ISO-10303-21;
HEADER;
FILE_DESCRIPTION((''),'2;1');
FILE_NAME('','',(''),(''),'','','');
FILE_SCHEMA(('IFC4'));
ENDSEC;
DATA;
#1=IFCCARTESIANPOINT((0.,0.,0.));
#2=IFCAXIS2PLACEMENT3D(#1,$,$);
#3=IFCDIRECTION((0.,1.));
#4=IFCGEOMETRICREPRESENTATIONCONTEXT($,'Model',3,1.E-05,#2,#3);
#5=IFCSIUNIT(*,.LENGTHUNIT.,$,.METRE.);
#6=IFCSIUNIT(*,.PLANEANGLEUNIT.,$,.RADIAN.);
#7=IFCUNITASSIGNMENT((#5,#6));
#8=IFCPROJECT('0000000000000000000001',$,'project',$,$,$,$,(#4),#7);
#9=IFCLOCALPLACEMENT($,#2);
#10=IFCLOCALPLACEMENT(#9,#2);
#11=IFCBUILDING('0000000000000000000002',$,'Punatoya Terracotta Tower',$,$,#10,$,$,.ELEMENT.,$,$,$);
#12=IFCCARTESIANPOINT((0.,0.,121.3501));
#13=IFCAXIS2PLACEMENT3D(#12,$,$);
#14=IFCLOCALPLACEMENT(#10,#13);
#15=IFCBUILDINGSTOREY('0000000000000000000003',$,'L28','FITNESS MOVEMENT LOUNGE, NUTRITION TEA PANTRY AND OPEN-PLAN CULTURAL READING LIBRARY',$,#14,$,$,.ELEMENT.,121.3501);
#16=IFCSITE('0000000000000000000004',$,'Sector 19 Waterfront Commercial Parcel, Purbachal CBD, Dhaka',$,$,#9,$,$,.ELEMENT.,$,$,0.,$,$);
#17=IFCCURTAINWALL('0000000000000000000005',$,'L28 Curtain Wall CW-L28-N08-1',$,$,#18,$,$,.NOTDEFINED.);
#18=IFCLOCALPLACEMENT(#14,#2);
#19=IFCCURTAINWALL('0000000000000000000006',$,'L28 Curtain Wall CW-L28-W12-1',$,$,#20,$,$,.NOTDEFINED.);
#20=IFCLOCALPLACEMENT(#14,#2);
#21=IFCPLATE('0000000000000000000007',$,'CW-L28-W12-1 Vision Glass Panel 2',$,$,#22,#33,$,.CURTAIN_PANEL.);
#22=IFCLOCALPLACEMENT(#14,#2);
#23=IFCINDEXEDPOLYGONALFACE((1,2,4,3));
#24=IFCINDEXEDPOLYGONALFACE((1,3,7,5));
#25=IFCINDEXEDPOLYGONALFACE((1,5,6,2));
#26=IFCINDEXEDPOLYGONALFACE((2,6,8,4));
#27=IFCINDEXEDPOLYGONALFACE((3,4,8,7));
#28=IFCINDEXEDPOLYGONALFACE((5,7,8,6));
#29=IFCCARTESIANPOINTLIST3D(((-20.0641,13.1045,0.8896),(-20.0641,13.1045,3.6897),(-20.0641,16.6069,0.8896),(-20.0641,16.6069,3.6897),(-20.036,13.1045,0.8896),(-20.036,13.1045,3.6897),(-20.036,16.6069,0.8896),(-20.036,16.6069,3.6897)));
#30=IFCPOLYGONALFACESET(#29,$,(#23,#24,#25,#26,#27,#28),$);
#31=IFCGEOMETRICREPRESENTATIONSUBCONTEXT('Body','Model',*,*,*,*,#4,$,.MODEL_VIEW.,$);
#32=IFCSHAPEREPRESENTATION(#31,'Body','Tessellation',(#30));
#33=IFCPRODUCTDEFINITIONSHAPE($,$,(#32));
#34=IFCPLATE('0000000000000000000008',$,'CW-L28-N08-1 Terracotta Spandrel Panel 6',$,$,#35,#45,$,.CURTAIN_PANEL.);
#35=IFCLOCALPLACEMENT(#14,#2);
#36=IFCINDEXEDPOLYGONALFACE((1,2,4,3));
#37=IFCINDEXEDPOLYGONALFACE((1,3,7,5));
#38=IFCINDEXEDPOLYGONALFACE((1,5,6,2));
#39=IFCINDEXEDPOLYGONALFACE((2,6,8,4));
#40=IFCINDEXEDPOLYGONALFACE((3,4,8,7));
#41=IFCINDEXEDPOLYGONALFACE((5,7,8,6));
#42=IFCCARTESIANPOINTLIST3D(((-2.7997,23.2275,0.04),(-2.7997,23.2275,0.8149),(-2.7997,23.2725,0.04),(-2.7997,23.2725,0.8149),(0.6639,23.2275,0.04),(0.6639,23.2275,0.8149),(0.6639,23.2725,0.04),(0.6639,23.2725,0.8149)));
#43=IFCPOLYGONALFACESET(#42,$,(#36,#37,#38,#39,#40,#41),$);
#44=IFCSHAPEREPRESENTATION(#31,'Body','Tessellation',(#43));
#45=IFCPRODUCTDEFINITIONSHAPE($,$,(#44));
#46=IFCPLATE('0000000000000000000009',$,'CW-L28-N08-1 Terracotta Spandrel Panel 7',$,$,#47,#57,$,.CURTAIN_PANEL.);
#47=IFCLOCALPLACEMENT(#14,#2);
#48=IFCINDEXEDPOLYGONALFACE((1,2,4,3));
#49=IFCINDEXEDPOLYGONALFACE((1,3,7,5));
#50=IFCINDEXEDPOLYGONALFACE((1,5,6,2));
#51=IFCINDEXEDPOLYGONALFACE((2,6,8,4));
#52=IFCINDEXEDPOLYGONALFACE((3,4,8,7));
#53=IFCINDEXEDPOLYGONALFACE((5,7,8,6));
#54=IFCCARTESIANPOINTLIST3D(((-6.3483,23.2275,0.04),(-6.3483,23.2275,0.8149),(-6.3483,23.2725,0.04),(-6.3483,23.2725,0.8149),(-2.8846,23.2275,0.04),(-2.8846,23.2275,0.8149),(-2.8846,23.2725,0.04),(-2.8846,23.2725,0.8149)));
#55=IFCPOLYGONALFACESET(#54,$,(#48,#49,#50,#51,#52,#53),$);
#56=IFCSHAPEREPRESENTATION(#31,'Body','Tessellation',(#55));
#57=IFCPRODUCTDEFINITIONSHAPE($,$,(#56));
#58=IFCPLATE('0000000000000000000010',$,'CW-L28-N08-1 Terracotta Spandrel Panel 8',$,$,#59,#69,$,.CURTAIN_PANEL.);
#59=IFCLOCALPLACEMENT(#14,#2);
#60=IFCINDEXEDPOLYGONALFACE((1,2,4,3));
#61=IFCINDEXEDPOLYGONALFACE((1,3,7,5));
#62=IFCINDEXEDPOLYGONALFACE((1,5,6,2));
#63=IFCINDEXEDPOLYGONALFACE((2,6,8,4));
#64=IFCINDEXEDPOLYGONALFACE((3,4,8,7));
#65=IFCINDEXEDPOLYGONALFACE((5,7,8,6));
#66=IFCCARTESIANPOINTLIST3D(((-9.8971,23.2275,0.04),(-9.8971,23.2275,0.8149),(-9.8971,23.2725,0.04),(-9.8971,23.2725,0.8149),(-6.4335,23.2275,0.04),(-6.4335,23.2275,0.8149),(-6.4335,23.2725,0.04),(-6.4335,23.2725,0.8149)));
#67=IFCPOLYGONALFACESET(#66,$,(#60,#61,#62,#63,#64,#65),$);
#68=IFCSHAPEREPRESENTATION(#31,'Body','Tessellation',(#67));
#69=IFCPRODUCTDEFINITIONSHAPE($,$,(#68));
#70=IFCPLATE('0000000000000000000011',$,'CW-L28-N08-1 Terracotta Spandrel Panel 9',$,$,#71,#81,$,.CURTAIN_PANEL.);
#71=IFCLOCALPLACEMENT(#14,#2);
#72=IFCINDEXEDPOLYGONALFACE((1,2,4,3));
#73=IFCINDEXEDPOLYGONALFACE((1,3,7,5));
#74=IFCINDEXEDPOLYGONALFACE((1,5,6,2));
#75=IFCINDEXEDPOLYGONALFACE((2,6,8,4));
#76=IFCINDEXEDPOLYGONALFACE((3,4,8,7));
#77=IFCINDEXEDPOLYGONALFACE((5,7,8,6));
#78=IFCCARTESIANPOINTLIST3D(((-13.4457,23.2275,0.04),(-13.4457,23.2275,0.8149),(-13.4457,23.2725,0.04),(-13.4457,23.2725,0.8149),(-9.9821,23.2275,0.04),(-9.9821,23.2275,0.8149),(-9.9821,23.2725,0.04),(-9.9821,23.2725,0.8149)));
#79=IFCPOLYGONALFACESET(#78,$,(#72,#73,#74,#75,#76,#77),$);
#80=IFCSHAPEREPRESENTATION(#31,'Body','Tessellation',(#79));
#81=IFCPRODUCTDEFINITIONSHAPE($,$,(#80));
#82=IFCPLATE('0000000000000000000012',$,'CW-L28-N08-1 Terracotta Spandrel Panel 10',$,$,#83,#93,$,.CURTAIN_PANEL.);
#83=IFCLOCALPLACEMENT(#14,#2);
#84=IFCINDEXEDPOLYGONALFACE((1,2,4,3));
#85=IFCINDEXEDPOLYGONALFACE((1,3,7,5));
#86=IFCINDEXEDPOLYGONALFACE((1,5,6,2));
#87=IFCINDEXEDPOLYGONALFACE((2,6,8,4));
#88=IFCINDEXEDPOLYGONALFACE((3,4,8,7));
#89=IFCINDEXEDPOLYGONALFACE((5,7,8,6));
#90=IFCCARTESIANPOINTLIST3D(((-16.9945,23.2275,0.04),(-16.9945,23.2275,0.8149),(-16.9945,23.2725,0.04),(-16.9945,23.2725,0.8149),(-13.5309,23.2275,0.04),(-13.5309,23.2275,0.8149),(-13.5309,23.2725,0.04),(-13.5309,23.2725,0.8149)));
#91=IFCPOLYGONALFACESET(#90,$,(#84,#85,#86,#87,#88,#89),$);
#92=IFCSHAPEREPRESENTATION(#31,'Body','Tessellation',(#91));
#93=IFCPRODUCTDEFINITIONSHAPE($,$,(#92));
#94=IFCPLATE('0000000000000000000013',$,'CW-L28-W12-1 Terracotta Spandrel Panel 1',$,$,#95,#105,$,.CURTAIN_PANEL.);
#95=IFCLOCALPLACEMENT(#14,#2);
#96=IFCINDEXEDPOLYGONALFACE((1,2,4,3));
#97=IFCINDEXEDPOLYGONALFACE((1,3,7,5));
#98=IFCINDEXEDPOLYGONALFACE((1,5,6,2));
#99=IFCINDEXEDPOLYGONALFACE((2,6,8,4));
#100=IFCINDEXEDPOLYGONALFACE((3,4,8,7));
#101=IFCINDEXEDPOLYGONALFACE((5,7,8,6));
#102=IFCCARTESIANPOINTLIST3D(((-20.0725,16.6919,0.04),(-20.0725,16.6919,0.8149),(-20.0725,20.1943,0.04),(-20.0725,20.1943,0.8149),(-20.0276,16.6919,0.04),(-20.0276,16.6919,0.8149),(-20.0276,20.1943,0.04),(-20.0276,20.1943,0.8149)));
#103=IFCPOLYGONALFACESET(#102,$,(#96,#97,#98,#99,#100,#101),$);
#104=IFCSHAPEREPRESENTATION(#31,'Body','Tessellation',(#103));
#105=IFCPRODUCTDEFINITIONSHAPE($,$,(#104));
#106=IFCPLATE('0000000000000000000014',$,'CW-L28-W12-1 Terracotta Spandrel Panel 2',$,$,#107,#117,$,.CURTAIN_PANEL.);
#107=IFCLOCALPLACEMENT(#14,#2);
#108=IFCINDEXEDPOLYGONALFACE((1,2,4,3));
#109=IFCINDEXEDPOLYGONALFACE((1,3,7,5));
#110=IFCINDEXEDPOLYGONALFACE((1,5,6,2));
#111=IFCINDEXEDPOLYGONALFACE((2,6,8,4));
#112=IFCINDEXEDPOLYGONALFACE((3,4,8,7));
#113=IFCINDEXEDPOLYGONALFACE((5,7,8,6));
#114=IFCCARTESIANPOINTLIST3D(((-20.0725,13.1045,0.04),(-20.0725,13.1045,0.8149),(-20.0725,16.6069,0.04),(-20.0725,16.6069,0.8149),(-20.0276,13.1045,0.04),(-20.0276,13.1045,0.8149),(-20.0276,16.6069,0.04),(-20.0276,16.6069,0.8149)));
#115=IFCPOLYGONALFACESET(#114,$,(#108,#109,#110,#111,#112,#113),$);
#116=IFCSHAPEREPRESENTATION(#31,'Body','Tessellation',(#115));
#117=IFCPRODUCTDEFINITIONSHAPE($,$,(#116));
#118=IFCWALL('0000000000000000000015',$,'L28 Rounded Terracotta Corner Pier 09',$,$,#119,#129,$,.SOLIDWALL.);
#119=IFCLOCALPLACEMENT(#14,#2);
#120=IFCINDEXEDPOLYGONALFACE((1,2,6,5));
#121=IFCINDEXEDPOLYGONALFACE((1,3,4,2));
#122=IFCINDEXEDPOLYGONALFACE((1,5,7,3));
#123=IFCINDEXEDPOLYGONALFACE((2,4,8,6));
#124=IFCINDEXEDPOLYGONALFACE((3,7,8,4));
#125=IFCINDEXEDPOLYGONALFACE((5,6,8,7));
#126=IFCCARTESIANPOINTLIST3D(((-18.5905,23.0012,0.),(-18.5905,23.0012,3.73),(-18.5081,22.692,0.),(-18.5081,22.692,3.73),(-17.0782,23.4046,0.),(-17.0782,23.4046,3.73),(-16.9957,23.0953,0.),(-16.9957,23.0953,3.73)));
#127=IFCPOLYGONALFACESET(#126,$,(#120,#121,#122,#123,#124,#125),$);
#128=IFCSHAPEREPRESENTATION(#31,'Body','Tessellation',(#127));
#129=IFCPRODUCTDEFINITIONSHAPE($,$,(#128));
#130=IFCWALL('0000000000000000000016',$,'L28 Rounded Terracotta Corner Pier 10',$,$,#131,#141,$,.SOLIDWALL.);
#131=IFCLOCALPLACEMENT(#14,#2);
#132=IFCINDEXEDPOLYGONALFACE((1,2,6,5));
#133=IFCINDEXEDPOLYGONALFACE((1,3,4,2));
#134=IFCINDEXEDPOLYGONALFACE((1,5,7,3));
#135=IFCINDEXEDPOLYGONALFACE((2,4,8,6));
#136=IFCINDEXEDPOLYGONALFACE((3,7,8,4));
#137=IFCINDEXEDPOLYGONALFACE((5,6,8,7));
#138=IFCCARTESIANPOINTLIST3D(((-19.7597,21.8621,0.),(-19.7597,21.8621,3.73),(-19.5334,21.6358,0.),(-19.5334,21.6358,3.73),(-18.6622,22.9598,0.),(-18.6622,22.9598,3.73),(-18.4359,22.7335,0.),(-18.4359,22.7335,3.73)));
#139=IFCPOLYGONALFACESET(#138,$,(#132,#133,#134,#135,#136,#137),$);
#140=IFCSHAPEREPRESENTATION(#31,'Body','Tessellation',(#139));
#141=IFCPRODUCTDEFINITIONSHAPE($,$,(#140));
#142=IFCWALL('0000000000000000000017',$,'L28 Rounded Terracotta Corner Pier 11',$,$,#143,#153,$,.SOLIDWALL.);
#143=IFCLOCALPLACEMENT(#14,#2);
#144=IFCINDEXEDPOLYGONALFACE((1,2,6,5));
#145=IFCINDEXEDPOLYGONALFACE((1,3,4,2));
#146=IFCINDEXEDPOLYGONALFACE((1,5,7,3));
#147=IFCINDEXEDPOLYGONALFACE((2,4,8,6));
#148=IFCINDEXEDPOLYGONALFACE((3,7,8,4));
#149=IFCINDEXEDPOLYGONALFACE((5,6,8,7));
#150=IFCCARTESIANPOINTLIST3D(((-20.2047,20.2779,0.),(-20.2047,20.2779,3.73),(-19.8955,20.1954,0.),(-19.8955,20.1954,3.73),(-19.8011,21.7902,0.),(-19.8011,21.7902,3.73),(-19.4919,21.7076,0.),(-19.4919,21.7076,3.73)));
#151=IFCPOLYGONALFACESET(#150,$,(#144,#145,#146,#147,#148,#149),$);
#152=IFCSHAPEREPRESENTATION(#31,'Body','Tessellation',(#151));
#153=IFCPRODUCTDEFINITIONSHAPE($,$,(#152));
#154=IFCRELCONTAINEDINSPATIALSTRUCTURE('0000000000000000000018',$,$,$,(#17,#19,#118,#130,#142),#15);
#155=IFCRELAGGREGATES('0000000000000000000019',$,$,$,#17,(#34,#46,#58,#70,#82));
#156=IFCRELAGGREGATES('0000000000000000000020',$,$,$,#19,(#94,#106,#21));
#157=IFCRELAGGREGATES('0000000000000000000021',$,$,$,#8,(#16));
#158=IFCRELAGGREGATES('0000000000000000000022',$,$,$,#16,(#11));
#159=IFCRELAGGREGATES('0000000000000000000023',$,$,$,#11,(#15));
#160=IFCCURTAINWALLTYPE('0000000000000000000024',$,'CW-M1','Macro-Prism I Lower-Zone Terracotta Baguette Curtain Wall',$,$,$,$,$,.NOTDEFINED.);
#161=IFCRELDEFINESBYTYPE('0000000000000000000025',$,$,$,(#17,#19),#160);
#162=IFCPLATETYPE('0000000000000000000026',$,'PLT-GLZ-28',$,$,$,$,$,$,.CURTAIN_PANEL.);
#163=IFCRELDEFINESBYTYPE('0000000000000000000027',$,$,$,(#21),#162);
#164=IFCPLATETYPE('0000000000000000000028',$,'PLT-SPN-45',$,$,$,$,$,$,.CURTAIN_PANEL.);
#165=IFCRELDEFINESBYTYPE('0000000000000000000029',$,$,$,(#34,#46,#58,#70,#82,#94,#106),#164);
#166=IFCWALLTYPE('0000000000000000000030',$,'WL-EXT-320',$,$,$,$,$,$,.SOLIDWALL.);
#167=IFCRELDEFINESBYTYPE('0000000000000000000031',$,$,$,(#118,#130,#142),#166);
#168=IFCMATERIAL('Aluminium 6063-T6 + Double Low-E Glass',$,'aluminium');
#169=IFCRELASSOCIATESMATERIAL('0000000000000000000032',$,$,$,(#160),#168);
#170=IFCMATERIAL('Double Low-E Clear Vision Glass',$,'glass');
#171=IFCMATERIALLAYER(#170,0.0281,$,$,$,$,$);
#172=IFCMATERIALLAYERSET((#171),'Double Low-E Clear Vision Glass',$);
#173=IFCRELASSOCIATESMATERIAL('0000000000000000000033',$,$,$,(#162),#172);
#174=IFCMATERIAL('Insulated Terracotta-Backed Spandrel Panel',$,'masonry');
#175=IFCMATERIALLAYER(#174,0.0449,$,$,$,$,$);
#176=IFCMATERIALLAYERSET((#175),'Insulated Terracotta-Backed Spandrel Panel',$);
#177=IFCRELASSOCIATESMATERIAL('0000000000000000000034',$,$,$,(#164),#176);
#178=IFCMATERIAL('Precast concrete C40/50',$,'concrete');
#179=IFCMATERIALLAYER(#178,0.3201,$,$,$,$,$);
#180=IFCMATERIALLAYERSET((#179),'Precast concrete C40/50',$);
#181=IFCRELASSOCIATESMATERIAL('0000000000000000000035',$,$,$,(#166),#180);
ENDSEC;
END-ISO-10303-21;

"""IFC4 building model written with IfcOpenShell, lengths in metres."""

from ifc_helpers import new_model, si_unit, direction, frame, frame_2d, origin, origin_2d, place, context, subcontext, project, spatial, rectangle, extrude, material, layer, layer_set, type_object, element, aggregate, save


model = new_model("IFC4")

# Units and contexts
model_context = context("Model", 3, precision=1e-05, world=origin(), true_north=direction((0.0, 1.0)))
body_context = subcontext(model_context, "Body", "Model", "MODEL_VIEW")
ifc_project = project(units=[si_unit("LENGTHUNIT", "METRE"), si_unit("PLANEANGLEUNIT", "RADIAN")], contexts=[model_context])

# Site, building, storey
site_placement = place(None, origin())
site = spatial("IfcSite", under=ifc_project, at=site_placement, Name="Sector 19 Waterfront Commercial Parcel, Purbachal CBD, Dhaka", CompositionType="ELEMENT", RefElevation=0.0)
building_placement = place(site_placement, origin())
building = spatial("IfcBuilding", under=site, at=building_placement, Name="Punatoya Terracotta Tower", CompositionType="ELEMENT")
storey_placement = place(building_placement, frame((0.0, 0.0, 121.3501)))
storey = spatial("IfcBuildingStorey", under=building, at=storey_placement, Name="L28", Description="FITNESS MOVEMENT LOUNGE, NUTRITION TEA PANTRY AND OPEN-PLAN CULTURAL READING LIBRARY", CompositionType="ELEMENT", Elevation=121.3501)

# Curtain walls
ifc_material_1 = material(Name="Aluminium 6063-T6 + Double Low-E Glass", Category="aluminium")
curtain_wall_type = type_object("IfcCurtainWallType", Name="CW-M1", Description="Macro-Prism I Lower-Zone Terracotta Baguette Curtain Wall", PredefinedType="NOTDEFINED", material=ifc_material_1)
curtain_wall_1_placement = place(storey_placement, origin())
curtain_wall_1 = element("IfcCurtainWall", 1, at=curtain_wall_1_placement, inside=storey, type_object=curtain_wall_type, Name="L28 Curtain Wall CW-L28-N08-1", PredefinedType="NOTDEFINED")
curtain_wall_2_placement = place(storey_placement, origin())
curtain_wall_2 = element("IfcCurtainWall", 2, at=curtain_wall_2_placement, inside=storey, type_object=curtain_wall_type, Name="L28 Curtain Wall CW-L28-W12-1", PredefinedType="NOTDEFINED")

# Plates
ifc_material_2 = material(Name="Double Low-E Clear Vision Glass", Category="glass")
ifc_layer_1 = layer(ifc_material_2, 0.0281)
ifc_layer_set_1 = layer_set([ifc_layer_1], Name="Double Low-E Clear Vision Glass")
plate_type_1 = type_object("IfcPlateType", Name="PLT-GLZ-28", PredefinedType="CURTAIN_PANEL", material=ifc_layer_set_1)
plate_1_placement = place(storey_placement, frame((-20.05, 14.8557, 0.8896), z_axis=(0.0, 0.0, 1.0), x_axis=(0.0, -1.0, 0.0)))
plate_1 = element("IfcPlate", 3, at=plate_1_placement, type_object=plate_type_1, Name="CW-L28-W12-1 Vision Glass Panel 2", PredefinedType="CURTAIN_PANEL", context=body_context, shape_type="SweptSolid", body=[
    extrude(rectangle(XDim=3.5024, YDim=0.0281, at=origin_2d()), origin(), (0.0, 0.0, 1.0), 2.8),
])
ifc_material_3 = material(Name="Insulated Terracotta-Backed Spandrel Panel", Category="masonry")
ifc_layer_2 = layer(ifc_material_3, 0.0449)
ifc_layer_set_2 = layer_set([ifc_layer_2], Name="Insulated Terracotta-Backed Spandrel Panel")
plate_type_2 = type_object("IfcPlateType", Name="PLT-SPN-45", PredefinedType="CURTAIN_PANEL", material=ifc_layer_set_2)
plate_2_placement = place(storey_placement, frame((-1.0679, 23.25, 0.04), z_axis=(0.0, 0.0, 1.0), x_axis=(-1.0, 0.0, 0.0)))
plate_2 = element("IfcPlate", 4, at=plate_2_placement, type_object=plate_type_2, Name="CW-L28-N08-1 Terracotta Spandrel Panel 6", PredefinedType="CURTAIN_PANEL", context=body_context, shape_type="SweptSolid", body=[
    extrude(rectangle(XDim=3.4636, YDim=0.0449, at=origin_2d()), origin(), (0.0, 0.0, 1.0), 0.7749),
])
plate_3_placement = place(storey_placement, frame((-4.6165, 23.25, 0.04), z_axis=(0.0, 0.0, 1.0), x_axis=(-1.0, 0.0, 0.0)))
plate_3 = element("IfcPlate", 5, at=plate_3_placement, type_object=plate_type_2, Name="CW-L28-N08-1 Terracotta Spandrel Panel 7", PredefinedType="CURTAIN_PANEL", context=body_context, shape_type="SweptSolid", body=[
    extrude(rectangle(XDim=3.4636, YDim=0.0449, at=origin_2d()), origin(), (0.0, 0.0, 1.0), 0.7749),
])
plate_4_placement = place(storey_placement, frame((-8.1653, 23.25, 0.04), z_axis=(0.0, 0.0, 1.0), x_axis=(-1.0, 0.0, 0.0)))
plate_4 = element("IfcPlate", 6, at=plate_4_placement, type_object=plate_type_2, Name="CW-L28-N08-1 Terracotta Spandrel Panel 8", PredefinedType="CURTAIN_PANEL", context=body_context, shape_type="SweptSolid", body=[
    extrude(rectangle(XDim=3.4636, YDim=0.0449, at=origin_2d()), origin(), (0.0, 0.0, 1.0), 0.7749),
])
plate_5_placement = place(storey_placement, frame((-11.7139, 23.25, 0.04), z_axis=(0.0, 0.0, 1.0), x_axis=(-1.0, 0.0, 0.0)))
plate_5 = element("IfcPlate", 7, at=plate_5_placement, type_object=plate_type_2, Name="CW-L28-N08-1 Terracotta Spandrel Panel 9", PredefinedType="CURTAIN_PANEL", context=body_context, shape_type="SweptSolid", body=[
    extrude(rectangle(XDim=3.4636, YDim=0.0449, at=origin_2d()), origin(), (0.0, 0.0, 1.0), 0.7749),
])
plate_6_placement = place(storey_placement, frame((-15.2627, 23.25, 0.04), z_axis=(0.0, 0.0, 1.0), x_axis=(-1.0, 0.0, 0.0)))
plate_6 = element("IfcPlate", 8, at=plate_6_placement, type_object=plate_type_2, Name="CW-L28-N08-1 Terracotta Spandrel Panel 10", PredefinedType="CURTAIN_PANEL", context=body_context, shape_type="SweptSolid", body=[
    extrude(rectangle(XDim=3.4636, YDim=0.0449, at=origin_2d()), origin(), (0.0, 0.0, 1.0), 0.7749),
])
aggregate(curtain_wall_1, [plate_2, plate_3, plate_4, plate_5, plate_6])
plate_7_placement = place(storey_placement, frame((-20.05, 18.4431, 0.04), z_axis=(0.0, 0.0, 1.0), x_axis=(0.0, -1.0, 0.0)))
plate_7 = element("IfcPlate", 9, at=plate_7_placement, type_object=plate_type_2, Name="CW-L28-W12-1 Terracotta Spandrel Panel 1", PredefinedType="CURTAIN_PANEL", context=body_context, shape_type="SweptSolid", body=[
    extrude(rectangle(XDim=3.5024, YDim=0.0449, at=origin_2d()), origin(), (0.0, 0.0, 1.0), 0.7749),
])
plate_8_placement = place(storey_placement, frame((-20.05, 14.8557, 0.04), z_axis=(0.0, 0.0, 1.0), x_axis=(0.0, -1.0, 0.0)))
plate_8 = element("IfcPlate", 10, at=plate_8_placement, type_object=plate_type_2, Name="CW-L28-W12-1 Terracotta Spandrel Panel 2", PredefinedType="CURTAIN_PANEL", context=body_context, shape_type="SweptSolid", body=[
    extrude(rectangle(XDim=3.5024, YDim=0.0449, at=origin_2d()), origin(), (0.0, 0.0, 1.0), 0.7749),
])
aggregate(curtain_wall_2, [plate_7, plate_8, plate_1])

# Walls
ifc_material_4 = material(Name="Precast concrete C40/50", Category="concrete")
ifc_layer_3 = layer(ifc_material_4, 0.3201)
ifc_layer_set_3 = layer_set([ifc_layer_3], Name="Precast concrete C40/50")
wall_type = type_object("IfcWallType", Name="WL-EXT-320", PredefinedType="SOLIDWALL", material=ifc_layer_set_3)
wall_1_placement = place(storey_placement, frame((-17.0369, 23.25, 0.0), z_axis=(0.0, 0.0, 1.0), x_axis=(-0.966225, -0.257701, 0.0)))
element("IfcWall", 11, at=wall_1_placement, inside=storey, type_object=wall_type, Name="L28 Rounded Terracotta Corner Pier 09", PredefinedType="SOLIDWALL", context=body_context, shape_type="SweptSolid", body=[
    extrude(rectangle(XDim=1.5652, YDim=0.3201, at=frame_2d((0.7827, 0.0))), origin(), (0.0, 0.0, 1.0), 3.73),
])
wall_2_placement = place(storey_placement, frame((-18.5491, 22.8467, 0.0), z_axis=(0.0, 0.0, 1.0), x_axis=(-0.707028, -0.707185, 0.0)))
element("IfcWall", 12, at=wall_2_placement, inside=storey, type_object=wall_type, Name="L28 Rounded Terracotta Corner Pier 10", PredefinedType="SOLIDWALL", context=body_context, shape_type="SweptSolid", body=[
    extrude(rectangle(XDim=1.5522, YDim=0.3201, at=frame_2d((0.7761, 0.0))), origin(), (0.0, 0.0, 1.0), 3.73),
])
wall_3_placement = place(storey_placement, frame((-19.6465, 21.749, 0.0), z_axis=(0.0, 0.0, 1.0), x_axis=(-0.257847, -0.966186, 0.0)))
element("IfcWall", 13, at=wall_3_placement, inside=storey, type_object=wall_type, Name="L28 Rounded Terracotta Corner Pier 11", PredefinedType="SOLIDWALL", context=body_context, shape_type="SweptSolid", body=[
    extrude(rectangle(XDim=1.5652, YDim=0.3201, at=frame_2d((0.7827, 0.0))), origin(), (0.0, 0.0, 1.0), 3.73),
])

save(model, "model.ifc")
